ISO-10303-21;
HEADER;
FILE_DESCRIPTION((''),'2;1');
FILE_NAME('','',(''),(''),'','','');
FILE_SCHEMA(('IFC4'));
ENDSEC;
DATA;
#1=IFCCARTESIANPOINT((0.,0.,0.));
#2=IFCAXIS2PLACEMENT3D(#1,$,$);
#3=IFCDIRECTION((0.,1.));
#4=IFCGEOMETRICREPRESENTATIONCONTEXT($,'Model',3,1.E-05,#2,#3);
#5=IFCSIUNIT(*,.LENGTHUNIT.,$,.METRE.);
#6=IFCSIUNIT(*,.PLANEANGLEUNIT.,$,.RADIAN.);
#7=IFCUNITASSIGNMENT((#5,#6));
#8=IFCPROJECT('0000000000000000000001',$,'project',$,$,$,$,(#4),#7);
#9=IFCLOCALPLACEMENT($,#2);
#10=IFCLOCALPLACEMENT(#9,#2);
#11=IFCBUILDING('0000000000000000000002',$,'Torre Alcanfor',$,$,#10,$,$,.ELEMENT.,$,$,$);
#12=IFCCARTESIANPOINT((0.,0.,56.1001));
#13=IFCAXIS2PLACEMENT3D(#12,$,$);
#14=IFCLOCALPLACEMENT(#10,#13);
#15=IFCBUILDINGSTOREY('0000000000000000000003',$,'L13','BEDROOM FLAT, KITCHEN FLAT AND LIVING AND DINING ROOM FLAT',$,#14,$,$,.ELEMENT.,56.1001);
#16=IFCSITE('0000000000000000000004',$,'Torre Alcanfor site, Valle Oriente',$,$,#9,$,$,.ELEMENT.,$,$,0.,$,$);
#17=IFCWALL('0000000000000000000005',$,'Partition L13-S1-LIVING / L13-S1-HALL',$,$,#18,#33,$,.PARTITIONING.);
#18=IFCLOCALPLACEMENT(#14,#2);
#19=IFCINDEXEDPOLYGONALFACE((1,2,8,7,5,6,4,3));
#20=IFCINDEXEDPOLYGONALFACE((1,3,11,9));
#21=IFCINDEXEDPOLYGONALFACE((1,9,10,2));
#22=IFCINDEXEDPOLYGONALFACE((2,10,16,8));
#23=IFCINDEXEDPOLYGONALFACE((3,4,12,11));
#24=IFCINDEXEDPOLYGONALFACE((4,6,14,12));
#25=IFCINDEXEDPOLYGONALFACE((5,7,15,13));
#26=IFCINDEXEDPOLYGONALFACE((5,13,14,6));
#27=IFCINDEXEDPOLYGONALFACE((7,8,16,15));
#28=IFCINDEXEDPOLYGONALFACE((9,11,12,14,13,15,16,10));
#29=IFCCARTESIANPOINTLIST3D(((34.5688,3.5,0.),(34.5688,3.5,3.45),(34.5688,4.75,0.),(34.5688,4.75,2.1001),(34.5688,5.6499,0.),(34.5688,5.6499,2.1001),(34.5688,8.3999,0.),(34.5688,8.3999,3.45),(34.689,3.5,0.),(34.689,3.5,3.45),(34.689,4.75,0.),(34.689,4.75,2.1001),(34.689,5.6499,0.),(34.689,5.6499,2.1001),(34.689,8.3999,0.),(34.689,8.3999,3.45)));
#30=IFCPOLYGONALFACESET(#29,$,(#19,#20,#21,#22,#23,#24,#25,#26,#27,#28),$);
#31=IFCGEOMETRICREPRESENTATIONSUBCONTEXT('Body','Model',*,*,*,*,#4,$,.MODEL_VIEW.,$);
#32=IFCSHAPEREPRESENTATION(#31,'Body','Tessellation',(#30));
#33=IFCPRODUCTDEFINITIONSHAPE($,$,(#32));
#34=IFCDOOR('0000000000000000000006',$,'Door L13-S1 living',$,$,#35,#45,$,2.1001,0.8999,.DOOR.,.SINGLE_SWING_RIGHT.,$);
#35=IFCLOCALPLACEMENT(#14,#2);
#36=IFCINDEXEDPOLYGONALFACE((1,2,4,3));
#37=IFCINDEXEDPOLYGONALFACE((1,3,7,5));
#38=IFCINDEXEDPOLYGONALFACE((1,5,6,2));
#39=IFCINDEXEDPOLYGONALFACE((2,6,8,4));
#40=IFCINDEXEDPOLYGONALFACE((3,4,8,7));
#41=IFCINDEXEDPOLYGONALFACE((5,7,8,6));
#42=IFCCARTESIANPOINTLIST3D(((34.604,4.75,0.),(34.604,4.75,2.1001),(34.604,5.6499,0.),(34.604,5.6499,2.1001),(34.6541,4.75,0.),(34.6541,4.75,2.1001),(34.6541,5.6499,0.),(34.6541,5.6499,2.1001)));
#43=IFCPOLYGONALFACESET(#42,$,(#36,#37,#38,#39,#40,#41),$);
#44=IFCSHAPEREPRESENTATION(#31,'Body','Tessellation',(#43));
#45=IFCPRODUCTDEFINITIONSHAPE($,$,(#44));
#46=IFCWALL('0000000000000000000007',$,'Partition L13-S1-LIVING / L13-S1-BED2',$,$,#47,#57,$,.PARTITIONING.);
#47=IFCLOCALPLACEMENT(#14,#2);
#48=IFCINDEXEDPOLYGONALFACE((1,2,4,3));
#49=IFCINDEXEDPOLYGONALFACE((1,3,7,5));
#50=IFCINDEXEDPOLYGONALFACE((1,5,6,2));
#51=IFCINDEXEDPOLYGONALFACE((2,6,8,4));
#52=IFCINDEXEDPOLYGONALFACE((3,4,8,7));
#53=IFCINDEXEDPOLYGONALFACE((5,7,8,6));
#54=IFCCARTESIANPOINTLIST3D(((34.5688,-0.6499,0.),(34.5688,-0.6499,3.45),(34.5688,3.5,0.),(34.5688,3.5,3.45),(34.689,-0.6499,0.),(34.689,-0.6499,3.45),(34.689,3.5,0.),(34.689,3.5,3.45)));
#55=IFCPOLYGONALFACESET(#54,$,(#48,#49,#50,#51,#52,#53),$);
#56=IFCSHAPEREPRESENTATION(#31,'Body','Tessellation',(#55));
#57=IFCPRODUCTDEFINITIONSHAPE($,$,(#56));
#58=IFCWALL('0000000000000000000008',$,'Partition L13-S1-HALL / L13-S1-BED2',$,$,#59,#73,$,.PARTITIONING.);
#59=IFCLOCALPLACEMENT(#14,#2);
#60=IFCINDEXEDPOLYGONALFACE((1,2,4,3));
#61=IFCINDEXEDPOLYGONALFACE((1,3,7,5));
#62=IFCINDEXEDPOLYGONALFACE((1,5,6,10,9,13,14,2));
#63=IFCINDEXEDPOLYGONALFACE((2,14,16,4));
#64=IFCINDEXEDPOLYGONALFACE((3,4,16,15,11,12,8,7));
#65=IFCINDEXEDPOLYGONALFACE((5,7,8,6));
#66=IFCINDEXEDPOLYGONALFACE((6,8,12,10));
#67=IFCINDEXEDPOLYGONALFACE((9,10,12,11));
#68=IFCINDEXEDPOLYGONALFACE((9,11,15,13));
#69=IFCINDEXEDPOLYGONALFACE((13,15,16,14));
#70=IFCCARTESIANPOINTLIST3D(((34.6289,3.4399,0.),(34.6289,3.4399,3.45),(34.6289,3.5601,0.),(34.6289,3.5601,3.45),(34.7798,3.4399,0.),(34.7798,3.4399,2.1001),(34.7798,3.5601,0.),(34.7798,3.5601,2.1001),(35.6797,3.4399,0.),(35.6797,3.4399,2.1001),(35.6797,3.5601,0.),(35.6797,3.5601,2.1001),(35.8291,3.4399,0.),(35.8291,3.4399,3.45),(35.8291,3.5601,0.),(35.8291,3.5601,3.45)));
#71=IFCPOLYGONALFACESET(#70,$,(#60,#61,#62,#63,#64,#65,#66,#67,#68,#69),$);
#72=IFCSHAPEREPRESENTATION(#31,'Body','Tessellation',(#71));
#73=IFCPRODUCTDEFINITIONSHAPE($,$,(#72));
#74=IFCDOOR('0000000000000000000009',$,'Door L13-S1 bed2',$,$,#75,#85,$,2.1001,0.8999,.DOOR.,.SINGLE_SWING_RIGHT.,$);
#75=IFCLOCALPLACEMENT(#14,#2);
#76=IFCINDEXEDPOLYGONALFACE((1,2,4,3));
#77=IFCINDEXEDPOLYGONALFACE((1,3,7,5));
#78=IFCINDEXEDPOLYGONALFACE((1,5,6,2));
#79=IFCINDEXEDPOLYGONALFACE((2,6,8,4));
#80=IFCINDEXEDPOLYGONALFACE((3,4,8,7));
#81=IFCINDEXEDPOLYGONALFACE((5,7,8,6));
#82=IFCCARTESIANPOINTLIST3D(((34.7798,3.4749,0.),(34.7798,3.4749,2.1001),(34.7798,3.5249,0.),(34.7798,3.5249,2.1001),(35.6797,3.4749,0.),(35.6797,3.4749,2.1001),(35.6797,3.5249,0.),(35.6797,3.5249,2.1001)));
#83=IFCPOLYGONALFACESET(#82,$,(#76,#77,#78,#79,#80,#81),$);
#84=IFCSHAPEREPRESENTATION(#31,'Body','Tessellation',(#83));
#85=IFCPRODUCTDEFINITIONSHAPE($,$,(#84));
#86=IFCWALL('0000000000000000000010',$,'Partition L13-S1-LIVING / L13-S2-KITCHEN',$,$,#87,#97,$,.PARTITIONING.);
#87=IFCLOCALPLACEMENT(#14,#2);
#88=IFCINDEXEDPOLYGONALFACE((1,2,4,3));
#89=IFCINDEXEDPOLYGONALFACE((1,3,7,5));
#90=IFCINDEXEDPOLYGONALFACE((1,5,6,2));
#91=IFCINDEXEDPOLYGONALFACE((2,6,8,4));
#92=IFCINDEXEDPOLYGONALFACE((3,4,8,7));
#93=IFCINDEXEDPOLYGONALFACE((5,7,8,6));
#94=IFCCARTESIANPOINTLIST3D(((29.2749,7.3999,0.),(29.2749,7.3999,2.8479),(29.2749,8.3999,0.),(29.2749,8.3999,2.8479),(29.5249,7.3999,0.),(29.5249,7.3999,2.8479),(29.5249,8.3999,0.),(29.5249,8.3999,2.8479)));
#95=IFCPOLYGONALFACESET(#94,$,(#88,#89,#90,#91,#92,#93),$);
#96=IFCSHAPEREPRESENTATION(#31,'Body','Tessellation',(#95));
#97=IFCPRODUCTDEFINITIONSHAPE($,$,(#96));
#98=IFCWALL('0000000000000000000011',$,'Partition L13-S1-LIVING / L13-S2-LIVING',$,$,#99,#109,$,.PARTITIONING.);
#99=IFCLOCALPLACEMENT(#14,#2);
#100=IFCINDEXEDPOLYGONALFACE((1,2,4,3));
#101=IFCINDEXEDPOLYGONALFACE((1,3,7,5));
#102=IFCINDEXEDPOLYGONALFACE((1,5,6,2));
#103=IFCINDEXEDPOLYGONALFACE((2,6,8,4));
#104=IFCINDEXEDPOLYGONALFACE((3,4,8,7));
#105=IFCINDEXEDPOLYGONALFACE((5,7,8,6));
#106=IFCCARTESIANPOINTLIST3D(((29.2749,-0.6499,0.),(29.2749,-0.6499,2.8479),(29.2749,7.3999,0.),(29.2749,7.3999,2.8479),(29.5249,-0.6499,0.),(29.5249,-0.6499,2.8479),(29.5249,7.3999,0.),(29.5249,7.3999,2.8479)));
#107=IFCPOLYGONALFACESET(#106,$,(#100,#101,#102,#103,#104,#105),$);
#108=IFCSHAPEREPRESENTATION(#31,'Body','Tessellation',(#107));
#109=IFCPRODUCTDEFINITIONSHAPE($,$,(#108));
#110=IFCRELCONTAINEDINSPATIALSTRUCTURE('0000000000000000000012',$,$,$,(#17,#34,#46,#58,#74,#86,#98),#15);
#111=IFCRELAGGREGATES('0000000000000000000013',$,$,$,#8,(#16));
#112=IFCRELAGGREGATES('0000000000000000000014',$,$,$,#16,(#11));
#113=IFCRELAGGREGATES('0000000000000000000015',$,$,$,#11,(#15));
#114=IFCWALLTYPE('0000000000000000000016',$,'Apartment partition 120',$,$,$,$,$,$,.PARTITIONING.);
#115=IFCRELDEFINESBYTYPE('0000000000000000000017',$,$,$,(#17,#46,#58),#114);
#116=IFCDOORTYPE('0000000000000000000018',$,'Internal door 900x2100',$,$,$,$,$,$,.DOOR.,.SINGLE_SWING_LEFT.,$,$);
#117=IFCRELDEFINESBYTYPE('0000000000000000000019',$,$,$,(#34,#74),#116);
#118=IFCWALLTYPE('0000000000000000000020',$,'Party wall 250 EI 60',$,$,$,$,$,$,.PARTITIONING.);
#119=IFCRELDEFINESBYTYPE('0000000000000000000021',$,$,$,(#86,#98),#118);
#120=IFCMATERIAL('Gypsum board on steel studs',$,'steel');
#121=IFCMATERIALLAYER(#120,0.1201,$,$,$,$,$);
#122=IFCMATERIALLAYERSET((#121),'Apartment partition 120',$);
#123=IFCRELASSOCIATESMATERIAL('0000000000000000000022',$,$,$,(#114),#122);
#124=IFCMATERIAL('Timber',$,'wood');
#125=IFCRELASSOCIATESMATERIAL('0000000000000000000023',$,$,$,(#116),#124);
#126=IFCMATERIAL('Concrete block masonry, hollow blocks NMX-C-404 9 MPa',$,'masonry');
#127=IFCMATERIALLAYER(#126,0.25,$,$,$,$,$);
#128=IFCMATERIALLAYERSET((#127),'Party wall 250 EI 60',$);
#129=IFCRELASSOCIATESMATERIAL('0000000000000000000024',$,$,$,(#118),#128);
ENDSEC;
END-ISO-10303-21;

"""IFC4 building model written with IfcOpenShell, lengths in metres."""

from ifc_helpers import new_model, si_unit, direction, frame, frame_2d, origin, place, context, subcontext, project, spatial, rectangle, extrude, material, layer, layer_set, type_object, element, fill, save


model = new_model("IFC4")

# Units and contexts
model_context = context("Model", 3, precision=1e-05, world=origin(), true_north=direction((0.0, 1.0)))
body_context = subcontext(model_context, "Body", "Model", "MODEL_VIEW")
ifc_project = project(units=[si_unit("LENGTHUNIT", "METRE"), si_unit("PLANEANGLEUNIT", "RADIAN")], contexts=[model_context])

# Site, building, storey
site_placement = place(None, origin())
site = spatial("IfcSite", under=ifc_project, at=site_placement, Name="Torre Alcanfor site, Valle Oriente", CompositionType="ELEMENT", RefElevation=0.0)
building_placement = place(site_placement, origin())
building = spatial("IfcBuilding", under=site, at=building_placement, Name="Torre Alcanfor", CompositionType="ELEMENT")
storey_placement = place(building_placement, frame((0.0, 0.0, 56.1001)))
storey = spatial("IfcBuildingStorey", under=building, at=storey_placement, Name="L13", Description="BEDROOM FLAT, KITCHEN FLAT AND LIVING AND DINING ROOM FLAT", CompositionType="ELEMENT", Elevation=56.1001)

# Wall, opening, door
ifc_material_1 = material(Name="Gypsum board on steel studs", Category="steel")
ifc_layer_1 = layer(ifc_material_1, 0.1201)
ifc_layer_set_1 = layer_set([ifc_layer_1], Name="Apartment partition 120")
wall_type_1 = type_object("IfcWallType", Name="Apartment partition 120", PredefinedType="PARTITIONING", material=ifc_layer_set_1)
wall_1_placement = place(storey_placement, frame((34.6289, 3.5, 0.0), z_axis=(0.0, 0.0, 1.0), x_axis=(0.0, 1.0, 0.0)))
wall_1 = element("IfcWall", 1, at=wall_1_placement, inside=storey, type_object=wall_type_1, Name="Partition L13-S1-LIVING / L13-S1-HALL", PredefinedType="PARTITIONING", context=body_context, shape_type="SweptSolid", body=[
    extrude(rectangle(XDim=4.8999, YDim=0.1201, at=frame_2d((2.45, 0.0))), origin(), (0.0, 0.0, 1.0), 3.45),
])
opening_1_placement = place(wall_1_placement, frame((1.25, 0.0, 0.0)))
opening_1 = element("IfcOpeningElement", 2, at=opening_1_placement, cuts=wall_1, PredefinedType="OPENING", context=body_context, shape_type="SweptSolid", body=[
    extrude(rectangle(XDim=0.8999, YDim=2.1001, at=frame_2d((0.45, 1.05))), frame((0.0, 0.0701, 0.0), z_axis=(0.0, -1.0, 0.0), x_axis=(1.0, 0.0, 0.0)), (0.0, 0.0, 1.0), 0.1401),
])
ifc_material_2 = material(Name="Timber", Category="wood")
door_type = type_object("IfcDoorType", Name="Internal door 900x2100", OperationType="SINGLE_SWING_LEFT", PredefinedType="DOOR", material=ifc_material_2)
door_1_placement = place(opening_1_placement, origin())
door_1 = element("IfcDoor", 3, at=door_1_placement, inside=storey, type_object=door_type, Name="Door L13-S1 living", OperationType="SINGLE_SWING_RIGHT", OverallHeight=2.1001, OverallWidth=0.8999, PredefinedType="DOOR", context=body_context, shape_type="SweptSolid", body=[
    extrude(rectangle(XDim=0.8999, YDim=2.1001, at=frame_2d((0.45, 1.05))), frame((0.0, 0.0249, 0.0), z_axis=(0.0, -1.0, 0.0), x_axis=(1.0, 0.0, 0.0)), (0.0, 0.0, 1.0), 0.05),
])
fill(opening_1, door_1)

# Wall
wall_2_placement = place(storey_placement, frame((34.6289, -0.6499, 0.0), z_axis=(0.0, 0.0, 1.0), x_axis=(0.0, 1.0, 0.0)))
element("IfcWall", 4, at=wall_2_placement, inside=storey, type_object=wall_type_1, Name="Partition L13-S1-LIVING / L13-S1-BED2", PredefinedType="PARTITIONING", context=body_context, shape_type="SweptSolid", body=[
    extrude(rectangle(XDim=4.1499, YDim=0.1201, at=frame_2d((2.075, 0.0))), origin(), (0.0, 0.0, 1.0), 3.45),
])

# Wall, opening, door
wall_3_placement = place(storey_placement, frame((34.6289, 3.5, 0.0), z_axis=(0.0, 0.0, 1.0), x_axis=(1.0, 0.0, 0.0)))
wall_3 = element("IfcWall", 5, at=wall_3_placement, inside=storey, type_object=wall_type_1, Name="Partition L13-S1-HALL / L13-S1-BED2", PredefinedType="PARTITIONING", context=body_context, shape_type="SweptSolid", body=[
    extrude(rectangle(XDim=1.2002, YDim=0.1201, at=frame_2d((0.6001, 0.0))), origin(), (0.0, 0.0, 1.0), 3.45),
])
opening_2_placement = place(wall_3_placement, frame((0.1509, 0.0, 0.0)))
opening_2 = element("IfcOpeningElement", 6, at=opening_2_placement, cuts=wall_3, PredefinedType="OPENING", context=body_context, shape_type="SweptSolid", body=[
    extrude(rectangle(XDim=0.8999, YDim=2.1001, at=frame_2d((0.45, 1.05))), frame((0.0, 0.0701, 0.0), z_axis=(0.0, -1.0, 0.0), x_axis=(1.0, 0.0, 0.0)), (0.0, 0.0, 1.0), 0.1401),
])
door_2_placement = place(opening_2_placement, frame((0.8999, 0.0, 0.0), z_axis=(0.0, 0.0, 1.0), x_axis=(-1.0, 0.0, 0.0)))
door_2 = element("IfcDoor", 7, at=door_2_placement, inside=storey, type_object=door_type, Name="Door L13-S1 bed2", OperationType="SINGLE_SWING_RIGHT", OverallHeight=2.1001, OverallWidth=0.8999, PredefinedType="DOOR", context=body_context, shape_type="SweptSolid", body=[
    extrude(rectangle(XDim=0.8999, YDim=2.1001, at=frame_2d((0.45, 1.05))), frame((0.0, 0.0251, 0.0), z_axis=(0.0, -1.0, 0.0), x_axis=(1.0, 0.0, 0.0)), (0.0, 0.0, 1.0), 0.05),
])
fill(opening_2, door_2)

# Walls
ifc_material_3 = material(Name="Concrete block masonry, hollow blocks NMX-C-404 9 MPa", Category="masonry")
ifc_layer_2 = layer(ifc_material_3, 0.25)
ifc_layer_set_2 = layer_set([ifc_layer_2], Name="Party wall 250 EI 60")
wall_type_2 = type_object("IfcWallType", Name="Party wall 250 EI 60", PredefinedType="PARTITIONING", material=ifc_layer_set_2)
wall_4_placement = place(storey_placement, frame((29.3999, 8.3999, 0.0), z_axis=(0.0, 0.0, 1.0), x_axis=(0.0, -1.0, 0.0)))
element("IfcWall", 8, at=wall_4_placement, inside=storey, type_object=wall_type_2, Name="Partition L13-S1-LIVING / L13-S2-KITCHEN", PredefinedType="PARTITIONING", context=body_context, shape_type="SweptSolid", body=[
    extrude(rectangle(XDim=1.0, YDim=0.25, at=frame_2d((0.5, 0.0))), origin(), (0.0, 0.0, 1.0), 2.8479),
])
wall_5_placement = place(storey_placement, frame((29.3999, 7.3999, 0.0), z_axis=(0.0, 0.0, 1.0), x_axis=(0.0, -1.0, 0.0)))
element("IfcWall", 9, at=wall_5_placement, inside=storey, type_object=wall_type_2, Name="Partition L13-S1-LIVING / L13-S2-LIVING", PredefinedType="PARTITIONING", context=body_context, shape_type="SweptSolid", body=[
    extrude(rectangle(XDim=8.0498, YDim=0.25, at=frame_2d((4.0249, 0.0))), origin(), (0.0, 0.0, 1.0), 2.8479),
])

save(model, "model.ifc")
